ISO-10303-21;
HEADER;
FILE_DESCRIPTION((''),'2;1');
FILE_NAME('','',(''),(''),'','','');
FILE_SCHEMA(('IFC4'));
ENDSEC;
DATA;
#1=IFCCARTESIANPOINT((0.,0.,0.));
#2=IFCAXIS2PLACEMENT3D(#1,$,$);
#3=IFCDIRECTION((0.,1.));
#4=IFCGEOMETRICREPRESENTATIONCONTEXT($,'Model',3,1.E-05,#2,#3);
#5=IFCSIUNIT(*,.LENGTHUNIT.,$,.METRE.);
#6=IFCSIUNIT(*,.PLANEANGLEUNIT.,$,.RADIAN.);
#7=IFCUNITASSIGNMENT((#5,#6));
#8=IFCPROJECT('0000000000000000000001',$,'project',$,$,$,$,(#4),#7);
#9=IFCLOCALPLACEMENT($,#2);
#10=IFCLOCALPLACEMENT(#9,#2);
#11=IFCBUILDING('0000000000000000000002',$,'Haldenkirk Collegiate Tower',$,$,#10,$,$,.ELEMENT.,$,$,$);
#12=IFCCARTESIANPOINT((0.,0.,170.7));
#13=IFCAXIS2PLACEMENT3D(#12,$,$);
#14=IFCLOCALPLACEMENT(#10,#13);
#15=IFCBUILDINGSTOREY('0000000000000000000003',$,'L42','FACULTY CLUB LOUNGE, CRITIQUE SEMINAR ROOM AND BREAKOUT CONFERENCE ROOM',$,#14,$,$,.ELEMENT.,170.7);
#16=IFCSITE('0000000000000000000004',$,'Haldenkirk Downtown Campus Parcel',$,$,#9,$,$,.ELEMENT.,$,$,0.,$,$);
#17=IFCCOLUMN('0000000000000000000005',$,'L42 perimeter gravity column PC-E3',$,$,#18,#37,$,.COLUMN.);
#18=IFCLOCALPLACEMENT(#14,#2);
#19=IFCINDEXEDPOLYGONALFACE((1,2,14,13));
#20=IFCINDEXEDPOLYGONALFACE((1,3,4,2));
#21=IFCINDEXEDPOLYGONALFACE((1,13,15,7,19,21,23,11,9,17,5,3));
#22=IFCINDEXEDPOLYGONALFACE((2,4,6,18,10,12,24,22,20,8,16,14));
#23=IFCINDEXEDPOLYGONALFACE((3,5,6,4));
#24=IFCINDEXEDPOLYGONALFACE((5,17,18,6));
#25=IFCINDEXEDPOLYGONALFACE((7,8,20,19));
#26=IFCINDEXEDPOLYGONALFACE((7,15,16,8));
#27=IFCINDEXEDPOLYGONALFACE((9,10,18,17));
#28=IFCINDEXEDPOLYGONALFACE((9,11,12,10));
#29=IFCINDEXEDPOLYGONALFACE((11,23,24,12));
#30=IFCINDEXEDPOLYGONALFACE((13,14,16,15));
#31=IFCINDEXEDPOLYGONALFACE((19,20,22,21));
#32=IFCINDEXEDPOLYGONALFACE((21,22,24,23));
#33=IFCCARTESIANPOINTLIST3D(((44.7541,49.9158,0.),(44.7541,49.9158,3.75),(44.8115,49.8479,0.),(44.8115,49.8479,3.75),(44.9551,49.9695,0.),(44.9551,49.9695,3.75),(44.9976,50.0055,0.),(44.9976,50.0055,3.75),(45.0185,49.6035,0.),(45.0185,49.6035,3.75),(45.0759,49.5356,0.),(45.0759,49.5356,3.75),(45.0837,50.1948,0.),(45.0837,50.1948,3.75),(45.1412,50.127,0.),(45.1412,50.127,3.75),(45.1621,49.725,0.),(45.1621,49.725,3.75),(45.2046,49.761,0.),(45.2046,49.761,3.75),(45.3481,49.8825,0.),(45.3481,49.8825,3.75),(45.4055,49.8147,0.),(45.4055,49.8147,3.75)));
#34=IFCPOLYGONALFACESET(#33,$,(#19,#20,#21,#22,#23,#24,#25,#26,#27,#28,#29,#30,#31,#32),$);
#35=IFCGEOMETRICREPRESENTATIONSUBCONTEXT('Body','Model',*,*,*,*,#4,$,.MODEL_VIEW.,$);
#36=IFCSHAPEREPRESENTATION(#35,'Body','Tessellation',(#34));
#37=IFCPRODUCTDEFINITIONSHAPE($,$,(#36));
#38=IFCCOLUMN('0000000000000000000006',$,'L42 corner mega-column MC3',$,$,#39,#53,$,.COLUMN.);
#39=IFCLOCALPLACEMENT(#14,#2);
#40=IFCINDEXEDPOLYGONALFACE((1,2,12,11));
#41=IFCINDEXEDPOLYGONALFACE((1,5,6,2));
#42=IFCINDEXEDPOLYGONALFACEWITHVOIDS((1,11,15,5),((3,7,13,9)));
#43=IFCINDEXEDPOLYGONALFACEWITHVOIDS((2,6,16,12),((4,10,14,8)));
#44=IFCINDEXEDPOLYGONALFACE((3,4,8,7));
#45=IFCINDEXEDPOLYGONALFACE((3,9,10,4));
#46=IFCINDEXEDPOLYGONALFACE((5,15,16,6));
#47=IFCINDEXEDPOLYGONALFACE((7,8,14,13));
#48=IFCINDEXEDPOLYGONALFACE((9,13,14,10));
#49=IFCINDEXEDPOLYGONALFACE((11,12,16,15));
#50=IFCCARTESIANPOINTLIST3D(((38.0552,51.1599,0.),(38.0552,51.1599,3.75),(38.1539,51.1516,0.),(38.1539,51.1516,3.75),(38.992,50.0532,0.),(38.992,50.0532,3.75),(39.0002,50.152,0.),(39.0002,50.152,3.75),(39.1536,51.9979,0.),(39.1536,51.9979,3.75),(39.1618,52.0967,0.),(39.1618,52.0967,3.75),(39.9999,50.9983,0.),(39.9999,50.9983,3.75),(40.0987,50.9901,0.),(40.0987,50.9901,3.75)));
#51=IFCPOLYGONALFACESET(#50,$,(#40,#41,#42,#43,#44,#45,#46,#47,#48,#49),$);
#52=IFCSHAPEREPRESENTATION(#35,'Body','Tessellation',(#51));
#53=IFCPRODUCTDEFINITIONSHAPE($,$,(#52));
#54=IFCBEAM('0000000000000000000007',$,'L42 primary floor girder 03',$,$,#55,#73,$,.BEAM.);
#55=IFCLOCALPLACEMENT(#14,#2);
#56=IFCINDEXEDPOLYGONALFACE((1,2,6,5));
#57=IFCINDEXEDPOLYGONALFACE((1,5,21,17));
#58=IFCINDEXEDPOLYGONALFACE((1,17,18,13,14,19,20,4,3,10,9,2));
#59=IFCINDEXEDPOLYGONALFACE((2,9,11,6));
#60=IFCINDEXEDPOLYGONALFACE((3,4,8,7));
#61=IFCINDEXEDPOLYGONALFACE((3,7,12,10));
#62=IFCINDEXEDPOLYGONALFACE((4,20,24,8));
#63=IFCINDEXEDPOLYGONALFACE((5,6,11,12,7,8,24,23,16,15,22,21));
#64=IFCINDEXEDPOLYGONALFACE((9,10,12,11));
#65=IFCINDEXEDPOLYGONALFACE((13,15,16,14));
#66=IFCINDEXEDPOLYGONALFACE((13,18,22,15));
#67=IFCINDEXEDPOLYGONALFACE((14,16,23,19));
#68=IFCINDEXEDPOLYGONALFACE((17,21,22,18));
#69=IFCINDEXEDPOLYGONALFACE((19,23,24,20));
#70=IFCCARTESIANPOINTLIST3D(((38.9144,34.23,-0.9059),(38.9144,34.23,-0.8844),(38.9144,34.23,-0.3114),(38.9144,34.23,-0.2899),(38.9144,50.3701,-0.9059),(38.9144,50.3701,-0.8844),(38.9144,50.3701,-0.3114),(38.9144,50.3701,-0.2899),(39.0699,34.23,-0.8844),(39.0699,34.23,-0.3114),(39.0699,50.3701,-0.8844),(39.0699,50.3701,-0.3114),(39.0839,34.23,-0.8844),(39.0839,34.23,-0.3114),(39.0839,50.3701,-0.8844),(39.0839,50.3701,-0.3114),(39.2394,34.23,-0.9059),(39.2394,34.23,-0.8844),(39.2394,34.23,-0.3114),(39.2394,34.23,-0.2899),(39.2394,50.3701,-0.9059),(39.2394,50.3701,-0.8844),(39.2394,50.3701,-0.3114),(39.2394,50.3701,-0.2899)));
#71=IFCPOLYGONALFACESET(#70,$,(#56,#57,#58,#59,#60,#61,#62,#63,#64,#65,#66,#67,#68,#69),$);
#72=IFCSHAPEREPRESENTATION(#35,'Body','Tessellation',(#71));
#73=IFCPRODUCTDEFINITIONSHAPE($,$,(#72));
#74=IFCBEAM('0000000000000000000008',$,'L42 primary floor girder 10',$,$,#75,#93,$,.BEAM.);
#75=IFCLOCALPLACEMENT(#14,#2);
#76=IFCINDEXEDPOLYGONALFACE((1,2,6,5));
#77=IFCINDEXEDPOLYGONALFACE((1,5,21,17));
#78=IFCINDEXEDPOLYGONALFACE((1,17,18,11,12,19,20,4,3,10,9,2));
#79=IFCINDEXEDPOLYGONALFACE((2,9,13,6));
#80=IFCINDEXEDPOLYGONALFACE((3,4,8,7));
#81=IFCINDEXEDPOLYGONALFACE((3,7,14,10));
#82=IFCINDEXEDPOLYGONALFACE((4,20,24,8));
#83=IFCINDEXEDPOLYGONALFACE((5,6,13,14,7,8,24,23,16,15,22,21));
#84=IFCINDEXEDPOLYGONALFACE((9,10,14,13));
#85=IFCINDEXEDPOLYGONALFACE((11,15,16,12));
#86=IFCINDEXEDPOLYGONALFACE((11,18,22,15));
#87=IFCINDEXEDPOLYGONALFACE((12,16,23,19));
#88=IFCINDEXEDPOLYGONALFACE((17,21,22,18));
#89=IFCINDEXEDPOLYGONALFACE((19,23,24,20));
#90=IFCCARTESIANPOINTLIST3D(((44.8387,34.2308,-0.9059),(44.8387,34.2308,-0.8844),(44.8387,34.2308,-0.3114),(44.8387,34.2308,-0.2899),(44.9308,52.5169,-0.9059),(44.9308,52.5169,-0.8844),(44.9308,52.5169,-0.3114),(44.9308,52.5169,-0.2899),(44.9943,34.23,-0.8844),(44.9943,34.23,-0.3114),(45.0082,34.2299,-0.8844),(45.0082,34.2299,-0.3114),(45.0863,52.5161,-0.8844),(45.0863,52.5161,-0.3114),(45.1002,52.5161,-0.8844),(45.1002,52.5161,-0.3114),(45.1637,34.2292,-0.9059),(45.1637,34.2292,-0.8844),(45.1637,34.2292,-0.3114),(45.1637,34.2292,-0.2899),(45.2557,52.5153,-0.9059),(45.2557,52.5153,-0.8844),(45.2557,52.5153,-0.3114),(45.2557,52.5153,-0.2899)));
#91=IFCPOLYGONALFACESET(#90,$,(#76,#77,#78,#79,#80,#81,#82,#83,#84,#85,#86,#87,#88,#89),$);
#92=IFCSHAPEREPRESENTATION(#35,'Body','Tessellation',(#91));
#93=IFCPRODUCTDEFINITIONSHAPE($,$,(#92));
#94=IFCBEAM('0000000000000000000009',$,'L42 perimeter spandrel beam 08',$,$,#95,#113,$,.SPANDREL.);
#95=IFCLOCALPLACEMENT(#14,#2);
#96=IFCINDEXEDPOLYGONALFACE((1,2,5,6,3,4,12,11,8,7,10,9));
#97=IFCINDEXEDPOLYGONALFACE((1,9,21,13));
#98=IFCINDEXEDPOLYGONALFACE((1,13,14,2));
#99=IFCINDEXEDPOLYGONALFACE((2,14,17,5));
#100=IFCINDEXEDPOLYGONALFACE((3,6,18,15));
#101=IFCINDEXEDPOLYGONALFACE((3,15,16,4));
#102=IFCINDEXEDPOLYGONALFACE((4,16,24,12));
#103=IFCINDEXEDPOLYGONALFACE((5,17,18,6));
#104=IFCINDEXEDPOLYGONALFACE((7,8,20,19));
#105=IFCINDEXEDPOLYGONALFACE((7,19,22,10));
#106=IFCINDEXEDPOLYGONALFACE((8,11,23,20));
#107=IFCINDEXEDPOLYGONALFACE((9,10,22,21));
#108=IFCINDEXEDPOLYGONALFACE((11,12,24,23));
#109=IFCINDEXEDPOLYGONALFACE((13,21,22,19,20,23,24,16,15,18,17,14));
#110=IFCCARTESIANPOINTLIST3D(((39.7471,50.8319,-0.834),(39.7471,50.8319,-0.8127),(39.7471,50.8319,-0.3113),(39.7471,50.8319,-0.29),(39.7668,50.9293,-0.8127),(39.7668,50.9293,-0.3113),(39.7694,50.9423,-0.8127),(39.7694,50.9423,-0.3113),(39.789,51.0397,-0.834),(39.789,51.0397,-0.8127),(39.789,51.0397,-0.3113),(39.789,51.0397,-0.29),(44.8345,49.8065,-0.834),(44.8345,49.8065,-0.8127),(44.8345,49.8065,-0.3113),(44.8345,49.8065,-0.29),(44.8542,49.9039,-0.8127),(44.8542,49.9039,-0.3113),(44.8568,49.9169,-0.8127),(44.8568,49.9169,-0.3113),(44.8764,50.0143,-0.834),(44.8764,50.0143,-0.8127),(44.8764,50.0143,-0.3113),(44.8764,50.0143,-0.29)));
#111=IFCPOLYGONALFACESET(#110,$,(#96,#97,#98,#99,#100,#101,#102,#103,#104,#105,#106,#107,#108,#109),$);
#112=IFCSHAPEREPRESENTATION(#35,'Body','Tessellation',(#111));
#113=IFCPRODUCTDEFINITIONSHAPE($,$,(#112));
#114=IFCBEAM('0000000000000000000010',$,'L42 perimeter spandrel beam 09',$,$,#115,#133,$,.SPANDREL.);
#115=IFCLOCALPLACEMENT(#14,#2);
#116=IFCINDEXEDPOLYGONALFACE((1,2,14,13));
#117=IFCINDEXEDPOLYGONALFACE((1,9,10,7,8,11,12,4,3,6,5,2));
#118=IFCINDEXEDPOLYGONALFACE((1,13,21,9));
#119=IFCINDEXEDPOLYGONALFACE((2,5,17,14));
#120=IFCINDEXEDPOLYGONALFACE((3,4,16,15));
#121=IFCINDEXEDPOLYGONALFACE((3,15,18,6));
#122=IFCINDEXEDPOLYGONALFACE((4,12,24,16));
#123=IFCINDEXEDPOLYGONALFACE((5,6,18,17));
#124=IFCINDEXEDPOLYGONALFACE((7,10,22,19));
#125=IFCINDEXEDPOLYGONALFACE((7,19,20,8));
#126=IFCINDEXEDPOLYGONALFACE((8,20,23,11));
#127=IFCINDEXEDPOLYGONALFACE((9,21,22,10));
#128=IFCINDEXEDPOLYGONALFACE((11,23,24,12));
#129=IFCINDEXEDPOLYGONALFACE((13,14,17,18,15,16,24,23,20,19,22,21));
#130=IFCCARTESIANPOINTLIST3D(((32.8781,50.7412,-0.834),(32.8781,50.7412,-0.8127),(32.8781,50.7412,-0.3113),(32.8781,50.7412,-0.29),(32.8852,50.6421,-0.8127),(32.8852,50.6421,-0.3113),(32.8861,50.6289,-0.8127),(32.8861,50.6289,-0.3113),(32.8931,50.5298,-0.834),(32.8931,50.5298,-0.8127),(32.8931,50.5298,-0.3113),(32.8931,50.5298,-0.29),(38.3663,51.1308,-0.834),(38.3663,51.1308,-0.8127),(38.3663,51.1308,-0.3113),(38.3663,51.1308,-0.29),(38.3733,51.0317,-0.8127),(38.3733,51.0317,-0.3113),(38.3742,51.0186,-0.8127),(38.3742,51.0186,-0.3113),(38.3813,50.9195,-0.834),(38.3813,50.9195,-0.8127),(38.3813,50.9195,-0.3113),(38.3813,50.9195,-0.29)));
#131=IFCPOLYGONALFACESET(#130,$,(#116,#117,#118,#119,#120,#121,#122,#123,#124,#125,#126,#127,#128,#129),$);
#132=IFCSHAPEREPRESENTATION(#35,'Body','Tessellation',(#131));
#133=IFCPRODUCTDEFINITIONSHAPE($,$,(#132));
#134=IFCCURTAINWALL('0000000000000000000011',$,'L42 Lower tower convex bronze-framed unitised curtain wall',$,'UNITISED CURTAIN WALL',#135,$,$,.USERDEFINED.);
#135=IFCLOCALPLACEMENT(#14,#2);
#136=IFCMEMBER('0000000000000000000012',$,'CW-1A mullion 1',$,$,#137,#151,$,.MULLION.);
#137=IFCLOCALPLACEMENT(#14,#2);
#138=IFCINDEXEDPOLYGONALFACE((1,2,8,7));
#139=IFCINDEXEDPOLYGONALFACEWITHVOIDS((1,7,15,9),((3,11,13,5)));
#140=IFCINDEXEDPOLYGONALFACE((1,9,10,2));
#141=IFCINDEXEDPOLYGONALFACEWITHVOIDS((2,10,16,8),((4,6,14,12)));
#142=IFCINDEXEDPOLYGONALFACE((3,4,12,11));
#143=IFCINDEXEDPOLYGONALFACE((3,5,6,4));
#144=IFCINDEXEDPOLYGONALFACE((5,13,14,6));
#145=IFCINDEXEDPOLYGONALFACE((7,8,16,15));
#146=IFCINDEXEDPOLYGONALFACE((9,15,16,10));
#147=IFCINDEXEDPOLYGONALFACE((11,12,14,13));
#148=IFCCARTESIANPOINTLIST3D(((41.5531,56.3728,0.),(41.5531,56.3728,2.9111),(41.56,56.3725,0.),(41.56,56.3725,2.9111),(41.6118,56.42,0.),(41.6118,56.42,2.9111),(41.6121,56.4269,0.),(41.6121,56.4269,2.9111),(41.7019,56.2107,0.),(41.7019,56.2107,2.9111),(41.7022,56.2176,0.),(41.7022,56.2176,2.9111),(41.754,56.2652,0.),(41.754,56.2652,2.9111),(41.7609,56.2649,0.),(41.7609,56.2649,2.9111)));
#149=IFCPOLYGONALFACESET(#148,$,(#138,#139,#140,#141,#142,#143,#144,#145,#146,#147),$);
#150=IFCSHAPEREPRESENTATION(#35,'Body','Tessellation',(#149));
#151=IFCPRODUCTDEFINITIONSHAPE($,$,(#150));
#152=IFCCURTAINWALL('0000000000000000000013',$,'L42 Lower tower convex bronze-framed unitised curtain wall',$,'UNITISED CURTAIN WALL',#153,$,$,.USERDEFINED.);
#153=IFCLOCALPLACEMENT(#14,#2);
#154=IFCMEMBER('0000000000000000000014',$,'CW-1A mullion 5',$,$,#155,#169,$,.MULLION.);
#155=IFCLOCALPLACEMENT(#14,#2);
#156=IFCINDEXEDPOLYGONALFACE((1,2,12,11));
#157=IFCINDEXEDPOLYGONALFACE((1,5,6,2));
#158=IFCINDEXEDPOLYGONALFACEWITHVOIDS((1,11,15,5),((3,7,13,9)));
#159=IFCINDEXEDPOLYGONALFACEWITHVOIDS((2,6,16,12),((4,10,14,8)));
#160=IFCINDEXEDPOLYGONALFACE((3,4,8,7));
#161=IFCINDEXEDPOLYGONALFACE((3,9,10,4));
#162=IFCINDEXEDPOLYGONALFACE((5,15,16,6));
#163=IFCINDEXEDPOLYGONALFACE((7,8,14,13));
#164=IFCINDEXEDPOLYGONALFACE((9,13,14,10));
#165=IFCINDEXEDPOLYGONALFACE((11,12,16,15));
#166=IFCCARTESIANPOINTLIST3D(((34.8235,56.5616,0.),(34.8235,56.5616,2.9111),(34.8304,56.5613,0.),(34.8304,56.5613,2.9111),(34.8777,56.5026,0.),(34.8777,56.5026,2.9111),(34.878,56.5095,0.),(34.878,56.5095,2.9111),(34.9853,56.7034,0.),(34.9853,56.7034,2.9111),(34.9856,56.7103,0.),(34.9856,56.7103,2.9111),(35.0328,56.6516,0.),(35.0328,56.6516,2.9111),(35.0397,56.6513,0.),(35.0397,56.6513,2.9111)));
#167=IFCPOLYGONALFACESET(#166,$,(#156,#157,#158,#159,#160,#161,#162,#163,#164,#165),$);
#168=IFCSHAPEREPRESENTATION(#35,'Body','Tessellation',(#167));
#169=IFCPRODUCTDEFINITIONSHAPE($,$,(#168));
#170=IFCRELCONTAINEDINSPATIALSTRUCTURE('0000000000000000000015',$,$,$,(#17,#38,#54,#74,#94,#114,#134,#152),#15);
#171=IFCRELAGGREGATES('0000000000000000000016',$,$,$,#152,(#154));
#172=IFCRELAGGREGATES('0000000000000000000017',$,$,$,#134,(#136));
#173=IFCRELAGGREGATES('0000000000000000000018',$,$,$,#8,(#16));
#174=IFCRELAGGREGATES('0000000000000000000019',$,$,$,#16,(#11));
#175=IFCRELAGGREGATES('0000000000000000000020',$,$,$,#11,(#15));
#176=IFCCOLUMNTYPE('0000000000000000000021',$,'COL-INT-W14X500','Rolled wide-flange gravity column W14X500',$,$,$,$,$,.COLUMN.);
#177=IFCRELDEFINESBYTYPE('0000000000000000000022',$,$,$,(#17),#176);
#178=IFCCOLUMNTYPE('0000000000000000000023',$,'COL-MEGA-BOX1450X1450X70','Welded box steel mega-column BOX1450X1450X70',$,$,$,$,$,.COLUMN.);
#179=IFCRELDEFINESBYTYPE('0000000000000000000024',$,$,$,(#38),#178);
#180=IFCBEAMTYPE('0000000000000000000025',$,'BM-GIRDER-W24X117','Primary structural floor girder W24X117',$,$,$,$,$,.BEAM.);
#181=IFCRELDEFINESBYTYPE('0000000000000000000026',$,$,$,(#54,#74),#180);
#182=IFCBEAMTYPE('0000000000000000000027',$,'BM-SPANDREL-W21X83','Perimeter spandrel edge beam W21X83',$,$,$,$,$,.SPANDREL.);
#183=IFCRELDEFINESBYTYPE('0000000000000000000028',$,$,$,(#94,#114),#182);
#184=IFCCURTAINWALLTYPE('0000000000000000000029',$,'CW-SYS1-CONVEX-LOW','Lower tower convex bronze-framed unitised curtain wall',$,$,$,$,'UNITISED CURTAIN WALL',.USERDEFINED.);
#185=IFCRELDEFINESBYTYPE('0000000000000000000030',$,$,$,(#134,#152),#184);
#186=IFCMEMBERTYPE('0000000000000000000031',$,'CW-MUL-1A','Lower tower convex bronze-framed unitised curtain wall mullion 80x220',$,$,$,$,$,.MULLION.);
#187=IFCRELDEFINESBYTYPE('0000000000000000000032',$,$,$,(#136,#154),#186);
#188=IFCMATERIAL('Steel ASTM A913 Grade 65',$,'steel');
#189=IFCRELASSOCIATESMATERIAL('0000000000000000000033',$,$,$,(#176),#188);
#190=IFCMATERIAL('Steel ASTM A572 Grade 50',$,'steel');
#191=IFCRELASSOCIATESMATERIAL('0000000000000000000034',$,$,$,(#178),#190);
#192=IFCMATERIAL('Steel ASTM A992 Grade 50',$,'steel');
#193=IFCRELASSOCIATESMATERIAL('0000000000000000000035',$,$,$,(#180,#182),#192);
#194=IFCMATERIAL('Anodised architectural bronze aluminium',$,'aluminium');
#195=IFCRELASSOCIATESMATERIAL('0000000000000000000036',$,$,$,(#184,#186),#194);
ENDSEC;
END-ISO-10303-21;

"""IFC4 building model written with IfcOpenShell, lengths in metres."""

from ifc_helpers import new_model, si_unit, direction, frame, origin, origin_2d, place, context, subcontext, project, spatial, hollow_rectangle, i_section, extrude, material, material_profile, profile_set, type_object, element, aggregate, save


model = new_model("IFC4")

# Units and contexts
model_context = context("Model", 3, precision=1e-05, world=origin(), true_north=direction((0.0, 1.0)))
body_context = subcontext(model_context, "Body", "Model", "MODEL_VIEW")
ifc_project = project(units=[si_unit("LENGTHUNIT", "METRE"), si_unit("PLANEANGLEUNIT", "RADIAN")], contexts=[model_context])

# Site, building, storey
site_placement = place(None, origin())
site = spatial("IfcSite", under=ifc_project, at=site_placement, Name="Haldenkirk Downtown Campus Parcel", CompositionType="ELEMENT", RefElevation=0.0)
building_placement = place(site_placement, origin())
building = spatial("IfcBuilding", under=site, at=building_placement, Name="Haldenkirk Collegiate Tower", CompositionType="ELEMENT")
storey_placement = place(building_placement, frame((0.0, 0.0, 170.7)))
storey = spatial("IfcBuildingStorey", under=building, at=storey_placement, Name="L42", Description="FACULTY CLUB LOUNGE, CRITIQUE SEMINAR ROOM AND BREAKOUT CONFERENCE ROOM", CompositionType="ELEMENT", Elevation=170.7)

# Columns
ifc_material_1 = material(Name="Steel ASTM A913 Grade 65", Category="steel")
ifc_material_profile_1 = material_profile(ifc_material_1, i_section(OverallWidth=0.4319, OverallDepth=0.498, WebThickness=0.0557, FlangeThickness=0.0889, at=origin_2d()), Name="W14X500")
ifc_profile_set_1 = profile_set([ifc_material_profile_1], Name="Steel ASTM A913 Grade 65")
column_type_1 = type_object("IfcColumnType", Name="COL-INT-W14X500", Description="Rolled wide-flange gravity column W14X500", PredefinedType="COLUMN", material=ifc_profile_set_1)
column_1_placement = place(storey_placement, frame((45.0798, 49.8652, 0.0), z_axis=(0.0, 0.0, 1.0), x_axis=(0.763232, 0.646124, 0.0)))
element("IfcColumn", 1, at=column_1_placement, inside=storey, type_object=column_type_1, Name="L42 perimeter gravity column PC-E3", PredefinedType="COLUMN", context=body_context, shape_type="SweptSolid", body=[
    extrude(i_section(OverallWidth=0.4319, OverallDepth=0.498, WebThickness=0.0557, FlangeThickness=0.0889, at=origin_2d()), origin(), (0.0, 0.0, 1.0), 3.75),
])
ifc_material_2 = material(Name="Steel ASTM A572 Grade 50", Category="steel")
ifc_material_profile_2 = material_profile(ifc_material_2, hollow_rectangle(XDim=1.45, YDim=1.45, WallThickness=0.0701, at=origin_2d()), Name="BOX1450X1450X70")
ifc_profile_set_2 = profile_set([ifc_material_profile_2], Name="Steel ASTM A572 Grade 50")
column_type_2 = type_object("IfcColumnType", Name="COL-MEGA-BOX1450X1450X70", Description="Welded box steel mega-column BOX1450X1450X70", PredefinedType="COLUMN", material=ifc_profile_set_2)
column_2_placement = place(storey_placement, frame((39.0769, 51.075, 0.0), z_axis=(0.0, 0.0, 1.0), x_axis=(0.763232, 0.646124, 0.0)))
element("IfcColumn", 2, at=column_2_placement, inside=storey, type_object=column_type_2, Name="L42 corner mega-column MC3", PredefinedType="COLUMN", context=body_context, shape_type="SweptSolid", body=[
    extrude(hollow_rectangle(XDim=1.45, YDim=1.45, WallThickness=0.0701, at=origin_2d()), origin(), (0.0, 0.0, 1.0), 3.75),
])

# Beams
ifc_material_3 = material(Name="Steel ASTM A992 Grade 50", Category="steel")
ifc_material_profile_3 = material_profile(ifc_material_3, i_section(OverallWidth=0.325, OverallDepth=0.616, WebThickness=0.0139, FlangeThickness=0.0215, at=origin_2d()), Name="W24X117")
ifc_profile_set_3 = profile_set([ifc_material_profile_3], Name="Steel ASTM A992 Grade 50")
beam_type_1 = type_object("IfcBeamType", Name="BM-GIRDER-W24X117", Description="Primary structural floor girder W24X117", PredefinedType="BEAM", material=ifc_profile_set_3)
beam_1_placement = place(storey_placement, frame((39.0769, 50.3701, -0.5979), z_axis=(0.0, -1.0, 0.0), x_axis=(1.0, 0.0, 0.0)))
element("IfcBeam", 3, at=beam_1_placement, inside=storey, type_object=beam_type_1, Name="L42 primary floor girder 03", PredefinedType="BEAM", context=body_context, shape_type="SweptSolid", body=[
    extrude(i_section(OverallWidth=0.325, OverallDepth=0.616, WebThickness=0.0139, FlangeThickness=0.0215, at=origin_2d()), origin(), (0.0, 0.0, 1.0), 16.1401),
])
beam_2_placement = place(storey_placement, frame((45.0933, 52.5161, -0.5979), z_axis=(-0.005033, -0.999987, 0.0), x_axis=(0.999987, -0.005033, 0.0)))
element("IfcBeam", 4, at=beam_2_placement, inside=storey, type_object=beam_type_1, Name="L42 primary floor girder 10", PredefinedType="BEAM", context=body_context, shape_type="SweptSolid", body=[
    extrude(i_section(OverallWidth=0.325, OverallDepth=0.616, WebThickness=0.0139, FlangeThickness=0.0215, at=origin_2d()), origin(), (0.0, 0.0, 1.0), 18.2864),
])
ifc_material_profile_4 = material_profile(ifc_material_3, i_section(OverallWidth=0.2119, OverallDepth=0.5439, WebThickness=0.0132, FlangeThickness=0.0212, at=origin_2d()), Name="W21X83")
ifc_profile_set_4 = profile_set([ifc_material_profile_4], Name="Steel ASTM A992 Grade 50")
beam_type_2 = type_object("IfcBeamType", Name="BM-SPANDREL-W21X83", Description="Perimeter spandrel edge beam W21X83", PredefinedType="SPANDREL", material=ifc_profile_set_4)
beam_3_placement = place(storey_placement, frame((44.8555, 49.9104, -0.562), z_axis=(-0.980286, 0.197581, 0.0), x_axis=(-0.197581, -0.980286, 0.0)))
element("IfcBeam", 5, at=beam_3_placement, inside=storey, type_object=beam_type_2, Name="L42 perimeter spandrel beam 08", PredefinedType="SPANDREL", context=body_context, shape_type="SweptSolid", body=[
    extrude(i_section(OverallWidth=0.2119, OverallDepth=0.5439, WebThickness=0.0132, FlangeThickness=0.0212, at=origin_2d()), origin(), (0.0, 0.0, 1.0), 5.1897),
])
beam_4_placement = place(storey_placement, frame((38.3738, 51.0251, -0.562), z_axis=(-0.997489, -0.070821, 0.0), x_axis=(0.070821, -0.997489, 0.0)))
element("IfcBeam", 6, at=beam_4_placement, inside=storey, type_object=beam_type_2, Name="L42 perimeter spandrel beam 09", PredefinedType="SPANDREL", context=body_context, shape_type="SweptSolid", body=[
    extrude(i_section(OverallWidth=0.2119, OverallDepth=0.5439, WebThickness=0.0132, FlangeThickness=0.0212, at=origin_2d()), origin(), (0.0, 0.0, 1.0), 5.502),
])

# Curtain walls, members
ifc_material_4 = material(Name="Anodised architectural bronze aluminium", Category="aluminium")
curtain_wall_type = type_object("IfcCurtainWallType", Name="CW-SYS1-CONVEX-LOW", Description="Lower tower convex bronze-framed unitised curtain wall", ElementType="UNITISED CURTAIN WALL", PredefinedType="USERDEFINED", material=ifc_material_4)
curtain_wall_1_placement = place(storey_placement, origin())
curtain_wall_1 = element("IfcCurtainWall", 7, at=curtain_wall_1_placement, inside=storey, type_object=curtain_wall_type, Name="L42 Lower tower convex bronze-framed unitised curtain wall", ObjectType="UNITISED CURTAIN WALL", PredefinedType="USERDEFINED")
ifc_material_profile_5 = material_profile(ifc_material_4, hollow_rectangle(XDim=0.0801, YDim=0.22, WallThickness=0.0049, at=origin_2d()), Name="CW-MUL-1A")
ifc_profile_set_5 = profile_set([ifc_material_profile_5], Name="Anodised architectural bronze aluminium")
member_type_1 = type_object("IfcMemberType", Name="CW-MUL-1A", Description="Lower tower convex bronze-framed unitised curtain wall mullion 80x220", PredefinedType="MULLION", material=ifc_profile_set_5)
member_1_placement = place(storey_placement, frame((41.657, 56.3188, 0.0), z_axis=(0.0, 0.0, 1.0), x_axis=(0.736687, 0.676234, 0.0)))
member_1 = element("IfcMember", 8, at=member_1_placement, type_object=member_type_1, Name="CW-1A mullion 1", PredefinedType="MULLION", context=body_context, shape_type="SweptSolid", body=[
    extrude(hollow_rectangle(XDim=0.0801, YDim=0.22, WallThickness=0.0049, at=origin_2d()), origin(), (0.0, 0.0, 1.0), 2.9111),
])
curtain_wall_2_placement = place(storey_placement, origin())
curtain_wall_2 = element("IfcCurtainWall", 9, at=curtain_wall_2_placement, inside=storey, type_object=curtain_wall_type, Name="L42 Lower tower convex bronze-framed unitised curtain wall", ObjectType="UNITISED CURTAIN WALL", PredefinedType="USERDEFINED")
member_2_placement = place(storey_placement, frame((34.9316, 56.6064, 0.0), z_axis=(0.0, 0.0, 1.0), x_axis=(-0.676232, 0.736688, 0.0)))
member_2 = element("IfcMember", 10, at=member_2_placement, type_object=member_type_1, Name="CW-1A mullion 5", PredefinedType="MULLION", context=body_context, shape_type="SweptSolid", body=[
    extrude(hollow_rectangle(XDim=0.0801, YDim=0.22, WallThickness=0.0049, at=origin_2d()), origin(), (0.0, 0.0, 1.0), 2.9111),
])
aggregate(curtain_wall_2, [member_2])

aggregate(curtain_wall_1, [member_1])

save(model, "model.ifc")
